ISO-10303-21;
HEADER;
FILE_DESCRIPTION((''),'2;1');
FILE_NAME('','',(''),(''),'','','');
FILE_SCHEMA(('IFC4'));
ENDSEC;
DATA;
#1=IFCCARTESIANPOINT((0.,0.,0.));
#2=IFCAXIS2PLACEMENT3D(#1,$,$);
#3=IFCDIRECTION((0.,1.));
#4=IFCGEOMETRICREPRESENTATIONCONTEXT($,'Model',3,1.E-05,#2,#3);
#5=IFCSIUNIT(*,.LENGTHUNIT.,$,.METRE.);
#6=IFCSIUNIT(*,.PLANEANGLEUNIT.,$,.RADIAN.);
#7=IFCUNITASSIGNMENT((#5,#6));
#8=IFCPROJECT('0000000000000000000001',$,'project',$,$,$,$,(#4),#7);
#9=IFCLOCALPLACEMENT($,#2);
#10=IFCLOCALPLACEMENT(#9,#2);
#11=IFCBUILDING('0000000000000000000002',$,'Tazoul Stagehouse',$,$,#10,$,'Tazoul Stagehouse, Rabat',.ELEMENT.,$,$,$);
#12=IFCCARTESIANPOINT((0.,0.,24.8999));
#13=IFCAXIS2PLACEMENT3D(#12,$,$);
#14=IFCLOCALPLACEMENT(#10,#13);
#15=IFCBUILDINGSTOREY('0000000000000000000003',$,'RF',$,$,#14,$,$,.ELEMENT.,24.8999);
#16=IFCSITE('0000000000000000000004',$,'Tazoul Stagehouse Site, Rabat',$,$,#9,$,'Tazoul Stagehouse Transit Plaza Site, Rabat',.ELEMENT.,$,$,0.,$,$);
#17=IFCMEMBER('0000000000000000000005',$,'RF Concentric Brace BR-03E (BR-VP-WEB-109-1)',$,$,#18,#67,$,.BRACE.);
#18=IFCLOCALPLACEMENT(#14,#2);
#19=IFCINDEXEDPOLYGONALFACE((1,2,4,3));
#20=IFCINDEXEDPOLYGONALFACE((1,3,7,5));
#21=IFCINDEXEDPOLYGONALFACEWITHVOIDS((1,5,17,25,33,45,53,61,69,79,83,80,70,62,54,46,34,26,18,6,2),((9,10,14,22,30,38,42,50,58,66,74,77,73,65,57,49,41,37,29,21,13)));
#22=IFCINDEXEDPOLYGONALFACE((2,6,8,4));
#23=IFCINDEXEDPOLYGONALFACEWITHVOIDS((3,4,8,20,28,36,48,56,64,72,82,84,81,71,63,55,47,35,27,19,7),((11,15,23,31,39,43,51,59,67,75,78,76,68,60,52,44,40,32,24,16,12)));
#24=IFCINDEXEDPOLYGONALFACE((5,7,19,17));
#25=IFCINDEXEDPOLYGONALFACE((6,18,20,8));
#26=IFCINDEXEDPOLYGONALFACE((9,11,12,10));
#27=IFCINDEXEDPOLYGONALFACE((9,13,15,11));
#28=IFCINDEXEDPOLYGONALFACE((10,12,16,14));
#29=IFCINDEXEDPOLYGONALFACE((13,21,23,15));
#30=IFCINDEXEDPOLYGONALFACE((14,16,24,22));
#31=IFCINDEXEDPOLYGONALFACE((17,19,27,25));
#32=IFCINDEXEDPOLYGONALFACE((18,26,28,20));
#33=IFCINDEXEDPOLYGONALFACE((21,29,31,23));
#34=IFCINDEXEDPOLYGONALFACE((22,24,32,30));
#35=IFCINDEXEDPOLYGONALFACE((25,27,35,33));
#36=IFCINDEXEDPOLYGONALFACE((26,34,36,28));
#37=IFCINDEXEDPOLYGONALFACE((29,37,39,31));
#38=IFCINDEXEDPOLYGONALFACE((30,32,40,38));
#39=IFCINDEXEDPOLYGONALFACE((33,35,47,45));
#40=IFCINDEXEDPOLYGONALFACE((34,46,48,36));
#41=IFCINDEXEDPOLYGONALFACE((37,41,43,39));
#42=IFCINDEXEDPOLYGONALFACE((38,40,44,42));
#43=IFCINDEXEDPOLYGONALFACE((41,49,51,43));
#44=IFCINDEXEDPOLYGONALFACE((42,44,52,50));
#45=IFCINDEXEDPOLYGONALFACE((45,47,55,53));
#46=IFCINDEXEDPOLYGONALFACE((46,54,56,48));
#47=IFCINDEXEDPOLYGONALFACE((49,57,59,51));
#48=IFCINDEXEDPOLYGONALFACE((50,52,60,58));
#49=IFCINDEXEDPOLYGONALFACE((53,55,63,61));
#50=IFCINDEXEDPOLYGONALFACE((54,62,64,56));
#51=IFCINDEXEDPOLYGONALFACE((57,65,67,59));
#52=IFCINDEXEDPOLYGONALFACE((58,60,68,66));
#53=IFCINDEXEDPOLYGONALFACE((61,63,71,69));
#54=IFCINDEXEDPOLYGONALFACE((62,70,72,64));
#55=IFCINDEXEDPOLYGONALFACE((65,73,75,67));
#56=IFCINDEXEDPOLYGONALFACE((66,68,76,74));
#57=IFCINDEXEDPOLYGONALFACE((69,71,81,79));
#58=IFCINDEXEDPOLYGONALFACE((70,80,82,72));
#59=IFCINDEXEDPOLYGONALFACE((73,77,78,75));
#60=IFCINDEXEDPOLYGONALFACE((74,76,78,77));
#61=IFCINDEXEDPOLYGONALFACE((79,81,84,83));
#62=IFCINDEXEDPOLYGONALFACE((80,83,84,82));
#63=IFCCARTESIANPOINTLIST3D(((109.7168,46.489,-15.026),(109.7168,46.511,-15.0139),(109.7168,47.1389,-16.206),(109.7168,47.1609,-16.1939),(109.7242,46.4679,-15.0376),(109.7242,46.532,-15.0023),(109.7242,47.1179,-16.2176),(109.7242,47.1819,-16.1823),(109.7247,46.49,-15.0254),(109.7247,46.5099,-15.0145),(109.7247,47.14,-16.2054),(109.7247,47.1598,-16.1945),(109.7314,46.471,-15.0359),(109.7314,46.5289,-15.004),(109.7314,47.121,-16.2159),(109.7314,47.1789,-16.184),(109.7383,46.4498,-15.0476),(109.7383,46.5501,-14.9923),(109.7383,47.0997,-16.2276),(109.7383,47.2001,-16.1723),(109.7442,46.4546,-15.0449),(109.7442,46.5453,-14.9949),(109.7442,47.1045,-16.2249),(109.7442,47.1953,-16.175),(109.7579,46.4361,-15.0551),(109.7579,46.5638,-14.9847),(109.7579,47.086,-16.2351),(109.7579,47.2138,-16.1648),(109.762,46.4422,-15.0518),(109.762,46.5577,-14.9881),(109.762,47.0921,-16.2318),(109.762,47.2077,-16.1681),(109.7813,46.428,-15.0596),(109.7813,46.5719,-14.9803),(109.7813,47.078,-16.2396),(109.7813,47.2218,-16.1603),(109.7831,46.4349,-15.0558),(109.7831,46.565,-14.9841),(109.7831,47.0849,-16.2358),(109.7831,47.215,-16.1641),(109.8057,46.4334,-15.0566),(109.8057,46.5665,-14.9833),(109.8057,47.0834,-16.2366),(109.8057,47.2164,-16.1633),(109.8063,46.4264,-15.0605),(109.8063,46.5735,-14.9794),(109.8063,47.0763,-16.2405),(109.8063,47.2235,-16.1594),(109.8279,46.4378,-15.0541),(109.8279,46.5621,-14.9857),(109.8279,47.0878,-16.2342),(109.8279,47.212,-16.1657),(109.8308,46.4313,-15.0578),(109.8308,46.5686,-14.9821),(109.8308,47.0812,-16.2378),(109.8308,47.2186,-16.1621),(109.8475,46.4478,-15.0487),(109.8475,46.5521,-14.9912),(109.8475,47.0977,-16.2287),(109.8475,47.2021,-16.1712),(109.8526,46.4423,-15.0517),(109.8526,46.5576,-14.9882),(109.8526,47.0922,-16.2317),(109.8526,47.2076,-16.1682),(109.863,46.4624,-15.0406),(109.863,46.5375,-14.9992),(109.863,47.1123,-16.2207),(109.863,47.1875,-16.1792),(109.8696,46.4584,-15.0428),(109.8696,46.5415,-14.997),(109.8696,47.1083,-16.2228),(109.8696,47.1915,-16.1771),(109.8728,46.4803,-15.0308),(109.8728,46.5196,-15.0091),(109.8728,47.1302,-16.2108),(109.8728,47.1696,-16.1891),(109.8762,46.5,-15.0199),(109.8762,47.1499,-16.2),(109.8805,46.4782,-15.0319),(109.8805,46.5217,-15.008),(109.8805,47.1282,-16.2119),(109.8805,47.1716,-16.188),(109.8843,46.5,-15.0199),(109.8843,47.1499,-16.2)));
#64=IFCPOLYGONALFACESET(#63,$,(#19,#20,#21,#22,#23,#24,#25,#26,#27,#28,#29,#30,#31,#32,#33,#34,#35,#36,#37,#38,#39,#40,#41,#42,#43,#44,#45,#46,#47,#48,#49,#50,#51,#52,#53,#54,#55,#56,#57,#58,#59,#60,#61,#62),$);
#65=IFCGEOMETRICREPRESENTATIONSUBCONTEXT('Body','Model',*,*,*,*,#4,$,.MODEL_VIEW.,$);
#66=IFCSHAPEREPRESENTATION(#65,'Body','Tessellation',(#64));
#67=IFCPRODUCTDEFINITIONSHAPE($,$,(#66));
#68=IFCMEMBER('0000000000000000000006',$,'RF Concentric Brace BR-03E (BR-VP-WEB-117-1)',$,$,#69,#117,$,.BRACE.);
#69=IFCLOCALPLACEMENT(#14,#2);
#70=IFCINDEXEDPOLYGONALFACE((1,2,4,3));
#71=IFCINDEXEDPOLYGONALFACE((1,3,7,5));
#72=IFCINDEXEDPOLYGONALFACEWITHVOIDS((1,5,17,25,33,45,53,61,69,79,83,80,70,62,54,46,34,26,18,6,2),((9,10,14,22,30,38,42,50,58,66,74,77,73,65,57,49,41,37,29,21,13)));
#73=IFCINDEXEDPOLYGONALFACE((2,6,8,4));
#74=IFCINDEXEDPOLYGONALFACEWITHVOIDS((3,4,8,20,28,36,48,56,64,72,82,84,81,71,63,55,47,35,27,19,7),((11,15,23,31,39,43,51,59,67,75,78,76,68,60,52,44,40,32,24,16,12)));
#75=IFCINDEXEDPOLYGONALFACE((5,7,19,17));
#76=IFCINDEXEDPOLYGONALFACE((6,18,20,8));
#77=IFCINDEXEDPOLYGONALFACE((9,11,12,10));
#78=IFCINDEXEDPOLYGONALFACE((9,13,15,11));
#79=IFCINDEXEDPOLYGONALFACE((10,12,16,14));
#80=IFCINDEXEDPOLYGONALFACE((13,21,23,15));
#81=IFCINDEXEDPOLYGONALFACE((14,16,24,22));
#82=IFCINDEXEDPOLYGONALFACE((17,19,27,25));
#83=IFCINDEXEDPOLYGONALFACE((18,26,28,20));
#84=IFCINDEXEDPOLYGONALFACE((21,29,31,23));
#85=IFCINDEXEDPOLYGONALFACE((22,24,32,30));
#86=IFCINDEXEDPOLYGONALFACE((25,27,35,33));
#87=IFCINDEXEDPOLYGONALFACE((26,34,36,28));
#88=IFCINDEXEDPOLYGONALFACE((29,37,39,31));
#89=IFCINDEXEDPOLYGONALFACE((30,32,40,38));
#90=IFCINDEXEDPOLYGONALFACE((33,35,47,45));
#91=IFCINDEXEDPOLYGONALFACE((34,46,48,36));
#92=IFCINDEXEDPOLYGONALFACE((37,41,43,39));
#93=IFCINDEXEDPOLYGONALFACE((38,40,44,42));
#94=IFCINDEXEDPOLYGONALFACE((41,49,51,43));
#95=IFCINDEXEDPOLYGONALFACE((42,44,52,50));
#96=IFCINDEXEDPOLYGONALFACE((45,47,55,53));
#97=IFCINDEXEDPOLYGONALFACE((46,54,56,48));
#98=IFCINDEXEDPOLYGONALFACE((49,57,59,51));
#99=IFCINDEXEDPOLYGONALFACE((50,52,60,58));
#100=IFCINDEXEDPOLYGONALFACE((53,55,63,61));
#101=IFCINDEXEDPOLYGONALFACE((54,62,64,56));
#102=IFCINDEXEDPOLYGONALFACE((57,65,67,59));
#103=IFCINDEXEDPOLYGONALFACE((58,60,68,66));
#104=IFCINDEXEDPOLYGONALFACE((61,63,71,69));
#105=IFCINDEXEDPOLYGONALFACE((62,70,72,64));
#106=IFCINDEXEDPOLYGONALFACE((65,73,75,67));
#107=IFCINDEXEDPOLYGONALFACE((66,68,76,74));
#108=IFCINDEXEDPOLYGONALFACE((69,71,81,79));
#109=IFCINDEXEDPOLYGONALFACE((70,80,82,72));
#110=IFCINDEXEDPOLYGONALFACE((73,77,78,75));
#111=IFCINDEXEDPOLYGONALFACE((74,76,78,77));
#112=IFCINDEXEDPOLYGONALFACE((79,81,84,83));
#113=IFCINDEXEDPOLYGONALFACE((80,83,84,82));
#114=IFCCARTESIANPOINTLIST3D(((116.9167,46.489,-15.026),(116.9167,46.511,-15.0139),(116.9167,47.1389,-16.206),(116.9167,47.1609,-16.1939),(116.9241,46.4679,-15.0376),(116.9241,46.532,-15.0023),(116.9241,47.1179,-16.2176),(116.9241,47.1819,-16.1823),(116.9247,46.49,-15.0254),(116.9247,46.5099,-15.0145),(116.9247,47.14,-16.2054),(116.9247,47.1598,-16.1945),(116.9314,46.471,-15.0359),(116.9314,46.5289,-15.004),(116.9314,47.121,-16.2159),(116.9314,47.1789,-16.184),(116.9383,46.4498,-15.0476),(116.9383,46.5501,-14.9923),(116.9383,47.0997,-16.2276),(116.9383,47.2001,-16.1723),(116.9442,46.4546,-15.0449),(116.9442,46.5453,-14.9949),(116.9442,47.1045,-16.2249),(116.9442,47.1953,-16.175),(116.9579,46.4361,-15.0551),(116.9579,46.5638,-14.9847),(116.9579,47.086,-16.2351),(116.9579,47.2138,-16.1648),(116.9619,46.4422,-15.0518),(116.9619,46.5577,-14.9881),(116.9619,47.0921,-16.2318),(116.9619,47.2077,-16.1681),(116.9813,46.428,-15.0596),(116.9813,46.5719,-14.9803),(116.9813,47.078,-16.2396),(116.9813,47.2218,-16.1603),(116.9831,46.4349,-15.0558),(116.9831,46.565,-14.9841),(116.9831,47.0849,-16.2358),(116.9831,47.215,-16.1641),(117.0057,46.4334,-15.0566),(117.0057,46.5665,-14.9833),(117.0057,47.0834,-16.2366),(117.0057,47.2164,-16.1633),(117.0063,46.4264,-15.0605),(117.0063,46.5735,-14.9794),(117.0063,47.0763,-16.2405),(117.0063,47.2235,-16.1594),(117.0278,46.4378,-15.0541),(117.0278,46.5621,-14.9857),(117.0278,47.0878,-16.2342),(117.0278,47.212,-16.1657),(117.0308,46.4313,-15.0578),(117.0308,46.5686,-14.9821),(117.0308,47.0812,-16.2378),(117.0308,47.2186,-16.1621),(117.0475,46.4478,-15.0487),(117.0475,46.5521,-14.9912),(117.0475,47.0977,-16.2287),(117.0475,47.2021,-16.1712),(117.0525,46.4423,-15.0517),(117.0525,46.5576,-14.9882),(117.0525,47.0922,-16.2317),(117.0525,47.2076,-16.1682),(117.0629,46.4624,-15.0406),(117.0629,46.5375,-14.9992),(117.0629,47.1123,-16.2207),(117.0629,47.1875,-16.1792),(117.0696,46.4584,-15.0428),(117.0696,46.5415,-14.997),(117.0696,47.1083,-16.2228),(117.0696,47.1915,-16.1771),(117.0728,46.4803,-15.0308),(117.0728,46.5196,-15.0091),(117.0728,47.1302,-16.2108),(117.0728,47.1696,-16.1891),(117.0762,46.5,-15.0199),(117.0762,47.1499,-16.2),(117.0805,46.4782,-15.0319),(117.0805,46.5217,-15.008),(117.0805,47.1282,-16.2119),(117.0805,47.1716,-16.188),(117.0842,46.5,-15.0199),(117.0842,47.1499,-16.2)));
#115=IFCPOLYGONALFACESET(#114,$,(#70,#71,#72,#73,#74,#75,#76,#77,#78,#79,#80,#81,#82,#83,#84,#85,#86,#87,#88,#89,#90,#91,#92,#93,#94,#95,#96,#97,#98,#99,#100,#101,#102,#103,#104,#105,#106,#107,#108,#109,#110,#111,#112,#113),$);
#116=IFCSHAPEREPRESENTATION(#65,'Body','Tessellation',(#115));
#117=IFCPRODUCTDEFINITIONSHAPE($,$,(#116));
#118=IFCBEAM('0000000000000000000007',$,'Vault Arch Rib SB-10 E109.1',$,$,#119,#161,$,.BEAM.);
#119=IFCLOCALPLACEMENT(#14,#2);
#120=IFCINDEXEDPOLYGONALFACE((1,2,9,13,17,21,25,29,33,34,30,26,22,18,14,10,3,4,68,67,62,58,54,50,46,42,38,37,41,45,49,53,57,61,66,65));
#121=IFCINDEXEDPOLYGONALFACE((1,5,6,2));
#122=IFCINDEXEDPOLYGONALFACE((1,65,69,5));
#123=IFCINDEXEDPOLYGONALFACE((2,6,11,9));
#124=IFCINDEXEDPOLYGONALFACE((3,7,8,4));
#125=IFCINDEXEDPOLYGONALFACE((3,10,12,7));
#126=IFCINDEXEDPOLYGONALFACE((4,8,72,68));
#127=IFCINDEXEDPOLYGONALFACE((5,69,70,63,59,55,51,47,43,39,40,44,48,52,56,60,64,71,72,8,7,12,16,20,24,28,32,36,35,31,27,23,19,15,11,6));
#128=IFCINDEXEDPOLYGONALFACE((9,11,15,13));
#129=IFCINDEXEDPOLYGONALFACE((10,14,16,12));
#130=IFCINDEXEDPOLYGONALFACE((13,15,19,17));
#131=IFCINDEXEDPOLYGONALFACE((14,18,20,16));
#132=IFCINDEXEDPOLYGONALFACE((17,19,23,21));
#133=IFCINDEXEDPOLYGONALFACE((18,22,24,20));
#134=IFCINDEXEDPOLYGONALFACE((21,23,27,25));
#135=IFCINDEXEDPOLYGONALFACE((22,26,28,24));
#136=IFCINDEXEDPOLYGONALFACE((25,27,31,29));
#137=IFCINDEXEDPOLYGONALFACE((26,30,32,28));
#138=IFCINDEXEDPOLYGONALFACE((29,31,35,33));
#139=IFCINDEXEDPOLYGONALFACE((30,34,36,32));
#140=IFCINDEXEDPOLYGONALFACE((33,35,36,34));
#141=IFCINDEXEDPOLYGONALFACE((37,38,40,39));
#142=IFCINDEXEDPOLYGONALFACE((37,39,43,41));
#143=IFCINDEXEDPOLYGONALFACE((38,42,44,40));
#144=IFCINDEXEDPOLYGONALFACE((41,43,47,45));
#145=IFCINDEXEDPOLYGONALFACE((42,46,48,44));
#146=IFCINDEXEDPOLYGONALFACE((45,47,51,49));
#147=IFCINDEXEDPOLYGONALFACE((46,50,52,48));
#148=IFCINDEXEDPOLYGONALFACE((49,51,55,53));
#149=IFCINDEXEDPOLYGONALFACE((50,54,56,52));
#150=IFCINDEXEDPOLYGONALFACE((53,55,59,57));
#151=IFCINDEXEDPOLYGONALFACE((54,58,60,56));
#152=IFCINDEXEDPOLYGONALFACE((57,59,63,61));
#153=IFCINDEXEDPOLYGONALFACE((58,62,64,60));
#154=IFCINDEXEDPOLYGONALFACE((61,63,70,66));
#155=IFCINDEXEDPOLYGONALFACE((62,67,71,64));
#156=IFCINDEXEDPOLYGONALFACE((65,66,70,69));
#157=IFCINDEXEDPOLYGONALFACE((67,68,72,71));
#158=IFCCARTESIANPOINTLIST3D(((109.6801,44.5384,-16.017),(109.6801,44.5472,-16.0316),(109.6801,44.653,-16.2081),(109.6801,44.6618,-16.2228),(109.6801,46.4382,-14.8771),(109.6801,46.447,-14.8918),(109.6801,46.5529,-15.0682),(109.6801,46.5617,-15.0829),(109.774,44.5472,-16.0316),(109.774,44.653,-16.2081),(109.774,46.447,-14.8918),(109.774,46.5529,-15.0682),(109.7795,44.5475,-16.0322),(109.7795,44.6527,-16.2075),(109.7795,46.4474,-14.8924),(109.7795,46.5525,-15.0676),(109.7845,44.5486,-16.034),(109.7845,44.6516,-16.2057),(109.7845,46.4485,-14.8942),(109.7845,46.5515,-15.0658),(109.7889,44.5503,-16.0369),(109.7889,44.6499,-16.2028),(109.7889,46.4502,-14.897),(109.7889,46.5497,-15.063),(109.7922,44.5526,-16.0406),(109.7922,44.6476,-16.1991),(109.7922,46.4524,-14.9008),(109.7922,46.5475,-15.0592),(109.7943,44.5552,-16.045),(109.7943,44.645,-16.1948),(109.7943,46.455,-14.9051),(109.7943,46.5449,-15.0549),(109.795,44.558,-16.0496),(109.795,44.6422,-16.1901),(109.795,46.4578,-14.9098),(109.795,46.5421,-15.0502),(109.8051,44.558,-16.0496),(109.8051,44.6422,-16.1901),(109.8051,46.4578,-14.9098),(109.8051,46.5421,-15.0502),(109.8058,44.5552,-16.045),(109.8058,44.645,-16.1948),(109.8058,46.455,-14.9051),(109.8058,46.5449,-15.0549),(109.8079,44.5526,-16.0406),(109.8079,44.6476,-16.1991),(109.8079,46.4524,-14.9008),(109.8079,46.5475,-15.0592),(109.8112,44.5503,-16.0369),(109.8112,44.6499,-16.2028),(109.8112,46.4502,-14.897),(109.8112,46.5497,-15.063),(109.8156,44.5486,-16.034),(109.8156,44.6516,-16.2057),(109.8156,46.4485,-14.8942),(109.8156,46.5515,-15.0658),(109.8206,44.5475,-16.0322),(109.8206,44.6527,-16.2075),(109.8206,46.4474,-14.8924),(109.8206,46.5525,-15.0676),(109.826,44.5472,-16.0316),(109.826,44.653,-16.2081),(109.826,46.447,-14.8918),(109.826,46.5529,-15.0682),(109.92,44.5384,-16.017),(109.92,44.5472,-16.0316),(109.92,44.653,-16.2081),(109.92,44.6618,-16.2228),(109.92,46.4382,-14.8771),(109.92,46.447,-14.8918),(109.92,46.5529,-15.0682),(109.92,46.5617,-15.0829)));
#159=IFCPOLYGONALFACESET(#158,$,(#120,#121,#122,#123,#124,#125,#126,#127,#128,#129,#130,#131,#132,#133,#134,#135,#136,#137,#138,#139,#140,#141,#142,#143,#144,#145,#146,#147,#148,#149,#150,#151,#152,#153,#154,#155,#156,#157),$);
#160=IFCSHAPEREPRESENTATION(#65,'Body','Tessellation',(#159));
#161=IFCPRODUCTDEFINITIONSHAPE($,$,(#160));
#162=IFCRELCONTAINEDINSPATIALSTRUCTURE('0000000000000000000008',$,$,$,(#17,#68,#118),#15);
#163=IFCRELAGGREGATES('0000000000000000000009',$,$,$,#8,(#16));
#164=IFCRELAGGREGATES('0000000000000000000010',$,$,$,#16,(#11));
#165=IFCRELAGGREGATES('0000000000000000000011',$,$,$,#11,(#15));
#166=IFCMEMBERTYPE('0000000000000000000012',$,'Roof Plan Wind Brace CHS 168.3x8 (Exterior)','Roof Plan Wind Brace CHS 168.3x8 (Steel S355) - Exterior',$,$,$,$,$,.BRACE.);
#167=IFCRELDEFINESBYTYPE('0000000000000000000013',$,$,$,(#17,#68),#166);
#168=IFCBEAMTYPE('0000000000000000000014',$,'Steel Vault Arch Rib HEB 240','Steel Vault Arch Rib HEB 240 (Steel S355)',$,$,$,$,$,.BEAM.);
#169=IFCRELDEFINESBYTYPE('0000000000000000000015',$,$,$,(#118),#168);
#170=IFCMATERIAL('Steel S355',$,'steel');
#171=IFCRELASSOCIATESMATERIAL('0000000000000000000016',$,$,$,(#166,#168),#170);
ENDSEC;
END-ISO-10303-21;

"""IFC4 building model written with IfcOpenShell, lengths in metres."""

from ifc_helpers import new_model, si_unit, direction, frame, origin, origin_2d, place, context, subcontext, project, spatial, hollow_circle, i_section, extrude, material, material_profile, profile_set, type_object, element, save


model = new_model("IFC4")

# Units and contexts
model_context = context("Model", 3, precision=1e-05, world=origin(), true_north=direction((0.0, 1.0)))
body_context = subcontext(model_context, "Body", "Model", "MODEL_VIEW")
ifc_project = project(units=[si_unit("LENGTHUNIT", "METRE"), si_unit("PLANEANGLEUNIT", "RADIAN")], contexts=[model_context])

# Site, building, storey
site_placement = place(None, origin())
site = spatial("IfcSite", under=ifc_project, at=site_placement, Name="Tazoul Stagehouse Site, Rabat", LongName="Tazoul Stagehouse Transit Plaza Site, Rabat", CompositionType="ELEMENT", RefElevation=0.0)
building_placement = place(site_placement, origin())
building = spatial("IfcBuilding", under=site, at=building_placement, Name="Tazoul Stagehouse", LongName="Tazoul Stagehouse, Rabat", CompositionType="ELEMENT")
storey_placement = place(building_placement, frame((0.0, 0.0, 24.8999)))
storey = spatial("IfcBuildingStorey", under=building, at=storey_placement, Name="RF", CompositionType="ELEMENT", Elevation=24.8999)

# Members
ifc_material_1 = material(Name="Steel S355", Category="steel")
ifc_material_profile_1 = material_profile(ifc_material_1, hollow_circle(Radius=0.0842, WallThickness=0.0081, at=origin_2d()), Name="CHS 168.3x8")
ifc_profile_set_1 = profile_set([ifc_material_profile_1], Name="Steel S355")
member_type_1 = type_object("IfcMemberType", Name="Roof Plan Wind Brace CHS 168.3x8 (Exterior)", Description="Roof Plan Wind Brace CHS 168.3x8 (Steel S355) - Exterior", PredefinedType="BRACE", material=ifc_profile_set_1)
for number, where, z_axis, x_axis, name in (
    (1, (109.8, 47.1499, -16.2), (0.0, -0.482454, 0.875921), (1.0, 0.0, 0.0), "RF Concentric Brace BR-03E (BR-VP-WEB-109-1)"),
    (2, (117.0, 47.1499, -16.2), (0.0, -0.482454, 0.875921), (1.0, 0.0, 0.0), "RF Concentric Brace BR-03E (BR-VP-WEB-117-1)"),
):
    element("IfcMember", number, at=place(storey_placement, frame(where, z_axis=z_axis, x_axis=x_axis)), inside=storey, type_object=member_type_1, Name=name, PredefinedType="BRACE", context=body_context, shape_type="SweptSolid", body=[
        extrude(hollow_circle(Radius=0.0842, WallThickness=0.0081, at=origin_2d()), origin(), (0.0, 0.0, 1.0), 1.3472),
    ])

# Beam
ifc_material_profile_2 = material_profile(ifc_material_1, i_section(OverallWidth=0.24, OverallDepth=0.24, WebThickness=0.01, FlangeThickness=0.0171, FilletRadius=0.021, at=origin_2d()), Name="HEB 240")
ifc_profile_set_2 = profile_set([ifc_material_profile_2], Name="Steel S355")
beam_type = type_object("IfcBeamType", Name="Steel Vault Arch Rib HEB 240", Description="Steel Vault Arch Rib HEB 240 (Steel S355)", PredefinedType="BEAM", material=ifc_profile_set_2)
beam_1_placement = place(storey_placement, frame((109.8, 44.6001, -16.1199), z_axis=(0.0, 0.857503, 0.51448), x_axis=(-1.0, 0.0, 0.0)))
element("IfcBeam", 3, at=beam_1_placement, inside=storey, type_object=beam_type, Name="Vault Arch Rib SB-10 E109.1", PredefinedType="BEAM", context=body_context, shape_type="SweptSolid", body=[
    extrude(i_section(OverallWidth=0.24, OverallDepth=0.24, WebThickness=0.01, FlangeThickness=0.0171, FilletRadius=0.021, at=origin_2d()), origin(), (0.0, 0.0, 1.0), 2.2156),
])

save(model, "model.ifc")
